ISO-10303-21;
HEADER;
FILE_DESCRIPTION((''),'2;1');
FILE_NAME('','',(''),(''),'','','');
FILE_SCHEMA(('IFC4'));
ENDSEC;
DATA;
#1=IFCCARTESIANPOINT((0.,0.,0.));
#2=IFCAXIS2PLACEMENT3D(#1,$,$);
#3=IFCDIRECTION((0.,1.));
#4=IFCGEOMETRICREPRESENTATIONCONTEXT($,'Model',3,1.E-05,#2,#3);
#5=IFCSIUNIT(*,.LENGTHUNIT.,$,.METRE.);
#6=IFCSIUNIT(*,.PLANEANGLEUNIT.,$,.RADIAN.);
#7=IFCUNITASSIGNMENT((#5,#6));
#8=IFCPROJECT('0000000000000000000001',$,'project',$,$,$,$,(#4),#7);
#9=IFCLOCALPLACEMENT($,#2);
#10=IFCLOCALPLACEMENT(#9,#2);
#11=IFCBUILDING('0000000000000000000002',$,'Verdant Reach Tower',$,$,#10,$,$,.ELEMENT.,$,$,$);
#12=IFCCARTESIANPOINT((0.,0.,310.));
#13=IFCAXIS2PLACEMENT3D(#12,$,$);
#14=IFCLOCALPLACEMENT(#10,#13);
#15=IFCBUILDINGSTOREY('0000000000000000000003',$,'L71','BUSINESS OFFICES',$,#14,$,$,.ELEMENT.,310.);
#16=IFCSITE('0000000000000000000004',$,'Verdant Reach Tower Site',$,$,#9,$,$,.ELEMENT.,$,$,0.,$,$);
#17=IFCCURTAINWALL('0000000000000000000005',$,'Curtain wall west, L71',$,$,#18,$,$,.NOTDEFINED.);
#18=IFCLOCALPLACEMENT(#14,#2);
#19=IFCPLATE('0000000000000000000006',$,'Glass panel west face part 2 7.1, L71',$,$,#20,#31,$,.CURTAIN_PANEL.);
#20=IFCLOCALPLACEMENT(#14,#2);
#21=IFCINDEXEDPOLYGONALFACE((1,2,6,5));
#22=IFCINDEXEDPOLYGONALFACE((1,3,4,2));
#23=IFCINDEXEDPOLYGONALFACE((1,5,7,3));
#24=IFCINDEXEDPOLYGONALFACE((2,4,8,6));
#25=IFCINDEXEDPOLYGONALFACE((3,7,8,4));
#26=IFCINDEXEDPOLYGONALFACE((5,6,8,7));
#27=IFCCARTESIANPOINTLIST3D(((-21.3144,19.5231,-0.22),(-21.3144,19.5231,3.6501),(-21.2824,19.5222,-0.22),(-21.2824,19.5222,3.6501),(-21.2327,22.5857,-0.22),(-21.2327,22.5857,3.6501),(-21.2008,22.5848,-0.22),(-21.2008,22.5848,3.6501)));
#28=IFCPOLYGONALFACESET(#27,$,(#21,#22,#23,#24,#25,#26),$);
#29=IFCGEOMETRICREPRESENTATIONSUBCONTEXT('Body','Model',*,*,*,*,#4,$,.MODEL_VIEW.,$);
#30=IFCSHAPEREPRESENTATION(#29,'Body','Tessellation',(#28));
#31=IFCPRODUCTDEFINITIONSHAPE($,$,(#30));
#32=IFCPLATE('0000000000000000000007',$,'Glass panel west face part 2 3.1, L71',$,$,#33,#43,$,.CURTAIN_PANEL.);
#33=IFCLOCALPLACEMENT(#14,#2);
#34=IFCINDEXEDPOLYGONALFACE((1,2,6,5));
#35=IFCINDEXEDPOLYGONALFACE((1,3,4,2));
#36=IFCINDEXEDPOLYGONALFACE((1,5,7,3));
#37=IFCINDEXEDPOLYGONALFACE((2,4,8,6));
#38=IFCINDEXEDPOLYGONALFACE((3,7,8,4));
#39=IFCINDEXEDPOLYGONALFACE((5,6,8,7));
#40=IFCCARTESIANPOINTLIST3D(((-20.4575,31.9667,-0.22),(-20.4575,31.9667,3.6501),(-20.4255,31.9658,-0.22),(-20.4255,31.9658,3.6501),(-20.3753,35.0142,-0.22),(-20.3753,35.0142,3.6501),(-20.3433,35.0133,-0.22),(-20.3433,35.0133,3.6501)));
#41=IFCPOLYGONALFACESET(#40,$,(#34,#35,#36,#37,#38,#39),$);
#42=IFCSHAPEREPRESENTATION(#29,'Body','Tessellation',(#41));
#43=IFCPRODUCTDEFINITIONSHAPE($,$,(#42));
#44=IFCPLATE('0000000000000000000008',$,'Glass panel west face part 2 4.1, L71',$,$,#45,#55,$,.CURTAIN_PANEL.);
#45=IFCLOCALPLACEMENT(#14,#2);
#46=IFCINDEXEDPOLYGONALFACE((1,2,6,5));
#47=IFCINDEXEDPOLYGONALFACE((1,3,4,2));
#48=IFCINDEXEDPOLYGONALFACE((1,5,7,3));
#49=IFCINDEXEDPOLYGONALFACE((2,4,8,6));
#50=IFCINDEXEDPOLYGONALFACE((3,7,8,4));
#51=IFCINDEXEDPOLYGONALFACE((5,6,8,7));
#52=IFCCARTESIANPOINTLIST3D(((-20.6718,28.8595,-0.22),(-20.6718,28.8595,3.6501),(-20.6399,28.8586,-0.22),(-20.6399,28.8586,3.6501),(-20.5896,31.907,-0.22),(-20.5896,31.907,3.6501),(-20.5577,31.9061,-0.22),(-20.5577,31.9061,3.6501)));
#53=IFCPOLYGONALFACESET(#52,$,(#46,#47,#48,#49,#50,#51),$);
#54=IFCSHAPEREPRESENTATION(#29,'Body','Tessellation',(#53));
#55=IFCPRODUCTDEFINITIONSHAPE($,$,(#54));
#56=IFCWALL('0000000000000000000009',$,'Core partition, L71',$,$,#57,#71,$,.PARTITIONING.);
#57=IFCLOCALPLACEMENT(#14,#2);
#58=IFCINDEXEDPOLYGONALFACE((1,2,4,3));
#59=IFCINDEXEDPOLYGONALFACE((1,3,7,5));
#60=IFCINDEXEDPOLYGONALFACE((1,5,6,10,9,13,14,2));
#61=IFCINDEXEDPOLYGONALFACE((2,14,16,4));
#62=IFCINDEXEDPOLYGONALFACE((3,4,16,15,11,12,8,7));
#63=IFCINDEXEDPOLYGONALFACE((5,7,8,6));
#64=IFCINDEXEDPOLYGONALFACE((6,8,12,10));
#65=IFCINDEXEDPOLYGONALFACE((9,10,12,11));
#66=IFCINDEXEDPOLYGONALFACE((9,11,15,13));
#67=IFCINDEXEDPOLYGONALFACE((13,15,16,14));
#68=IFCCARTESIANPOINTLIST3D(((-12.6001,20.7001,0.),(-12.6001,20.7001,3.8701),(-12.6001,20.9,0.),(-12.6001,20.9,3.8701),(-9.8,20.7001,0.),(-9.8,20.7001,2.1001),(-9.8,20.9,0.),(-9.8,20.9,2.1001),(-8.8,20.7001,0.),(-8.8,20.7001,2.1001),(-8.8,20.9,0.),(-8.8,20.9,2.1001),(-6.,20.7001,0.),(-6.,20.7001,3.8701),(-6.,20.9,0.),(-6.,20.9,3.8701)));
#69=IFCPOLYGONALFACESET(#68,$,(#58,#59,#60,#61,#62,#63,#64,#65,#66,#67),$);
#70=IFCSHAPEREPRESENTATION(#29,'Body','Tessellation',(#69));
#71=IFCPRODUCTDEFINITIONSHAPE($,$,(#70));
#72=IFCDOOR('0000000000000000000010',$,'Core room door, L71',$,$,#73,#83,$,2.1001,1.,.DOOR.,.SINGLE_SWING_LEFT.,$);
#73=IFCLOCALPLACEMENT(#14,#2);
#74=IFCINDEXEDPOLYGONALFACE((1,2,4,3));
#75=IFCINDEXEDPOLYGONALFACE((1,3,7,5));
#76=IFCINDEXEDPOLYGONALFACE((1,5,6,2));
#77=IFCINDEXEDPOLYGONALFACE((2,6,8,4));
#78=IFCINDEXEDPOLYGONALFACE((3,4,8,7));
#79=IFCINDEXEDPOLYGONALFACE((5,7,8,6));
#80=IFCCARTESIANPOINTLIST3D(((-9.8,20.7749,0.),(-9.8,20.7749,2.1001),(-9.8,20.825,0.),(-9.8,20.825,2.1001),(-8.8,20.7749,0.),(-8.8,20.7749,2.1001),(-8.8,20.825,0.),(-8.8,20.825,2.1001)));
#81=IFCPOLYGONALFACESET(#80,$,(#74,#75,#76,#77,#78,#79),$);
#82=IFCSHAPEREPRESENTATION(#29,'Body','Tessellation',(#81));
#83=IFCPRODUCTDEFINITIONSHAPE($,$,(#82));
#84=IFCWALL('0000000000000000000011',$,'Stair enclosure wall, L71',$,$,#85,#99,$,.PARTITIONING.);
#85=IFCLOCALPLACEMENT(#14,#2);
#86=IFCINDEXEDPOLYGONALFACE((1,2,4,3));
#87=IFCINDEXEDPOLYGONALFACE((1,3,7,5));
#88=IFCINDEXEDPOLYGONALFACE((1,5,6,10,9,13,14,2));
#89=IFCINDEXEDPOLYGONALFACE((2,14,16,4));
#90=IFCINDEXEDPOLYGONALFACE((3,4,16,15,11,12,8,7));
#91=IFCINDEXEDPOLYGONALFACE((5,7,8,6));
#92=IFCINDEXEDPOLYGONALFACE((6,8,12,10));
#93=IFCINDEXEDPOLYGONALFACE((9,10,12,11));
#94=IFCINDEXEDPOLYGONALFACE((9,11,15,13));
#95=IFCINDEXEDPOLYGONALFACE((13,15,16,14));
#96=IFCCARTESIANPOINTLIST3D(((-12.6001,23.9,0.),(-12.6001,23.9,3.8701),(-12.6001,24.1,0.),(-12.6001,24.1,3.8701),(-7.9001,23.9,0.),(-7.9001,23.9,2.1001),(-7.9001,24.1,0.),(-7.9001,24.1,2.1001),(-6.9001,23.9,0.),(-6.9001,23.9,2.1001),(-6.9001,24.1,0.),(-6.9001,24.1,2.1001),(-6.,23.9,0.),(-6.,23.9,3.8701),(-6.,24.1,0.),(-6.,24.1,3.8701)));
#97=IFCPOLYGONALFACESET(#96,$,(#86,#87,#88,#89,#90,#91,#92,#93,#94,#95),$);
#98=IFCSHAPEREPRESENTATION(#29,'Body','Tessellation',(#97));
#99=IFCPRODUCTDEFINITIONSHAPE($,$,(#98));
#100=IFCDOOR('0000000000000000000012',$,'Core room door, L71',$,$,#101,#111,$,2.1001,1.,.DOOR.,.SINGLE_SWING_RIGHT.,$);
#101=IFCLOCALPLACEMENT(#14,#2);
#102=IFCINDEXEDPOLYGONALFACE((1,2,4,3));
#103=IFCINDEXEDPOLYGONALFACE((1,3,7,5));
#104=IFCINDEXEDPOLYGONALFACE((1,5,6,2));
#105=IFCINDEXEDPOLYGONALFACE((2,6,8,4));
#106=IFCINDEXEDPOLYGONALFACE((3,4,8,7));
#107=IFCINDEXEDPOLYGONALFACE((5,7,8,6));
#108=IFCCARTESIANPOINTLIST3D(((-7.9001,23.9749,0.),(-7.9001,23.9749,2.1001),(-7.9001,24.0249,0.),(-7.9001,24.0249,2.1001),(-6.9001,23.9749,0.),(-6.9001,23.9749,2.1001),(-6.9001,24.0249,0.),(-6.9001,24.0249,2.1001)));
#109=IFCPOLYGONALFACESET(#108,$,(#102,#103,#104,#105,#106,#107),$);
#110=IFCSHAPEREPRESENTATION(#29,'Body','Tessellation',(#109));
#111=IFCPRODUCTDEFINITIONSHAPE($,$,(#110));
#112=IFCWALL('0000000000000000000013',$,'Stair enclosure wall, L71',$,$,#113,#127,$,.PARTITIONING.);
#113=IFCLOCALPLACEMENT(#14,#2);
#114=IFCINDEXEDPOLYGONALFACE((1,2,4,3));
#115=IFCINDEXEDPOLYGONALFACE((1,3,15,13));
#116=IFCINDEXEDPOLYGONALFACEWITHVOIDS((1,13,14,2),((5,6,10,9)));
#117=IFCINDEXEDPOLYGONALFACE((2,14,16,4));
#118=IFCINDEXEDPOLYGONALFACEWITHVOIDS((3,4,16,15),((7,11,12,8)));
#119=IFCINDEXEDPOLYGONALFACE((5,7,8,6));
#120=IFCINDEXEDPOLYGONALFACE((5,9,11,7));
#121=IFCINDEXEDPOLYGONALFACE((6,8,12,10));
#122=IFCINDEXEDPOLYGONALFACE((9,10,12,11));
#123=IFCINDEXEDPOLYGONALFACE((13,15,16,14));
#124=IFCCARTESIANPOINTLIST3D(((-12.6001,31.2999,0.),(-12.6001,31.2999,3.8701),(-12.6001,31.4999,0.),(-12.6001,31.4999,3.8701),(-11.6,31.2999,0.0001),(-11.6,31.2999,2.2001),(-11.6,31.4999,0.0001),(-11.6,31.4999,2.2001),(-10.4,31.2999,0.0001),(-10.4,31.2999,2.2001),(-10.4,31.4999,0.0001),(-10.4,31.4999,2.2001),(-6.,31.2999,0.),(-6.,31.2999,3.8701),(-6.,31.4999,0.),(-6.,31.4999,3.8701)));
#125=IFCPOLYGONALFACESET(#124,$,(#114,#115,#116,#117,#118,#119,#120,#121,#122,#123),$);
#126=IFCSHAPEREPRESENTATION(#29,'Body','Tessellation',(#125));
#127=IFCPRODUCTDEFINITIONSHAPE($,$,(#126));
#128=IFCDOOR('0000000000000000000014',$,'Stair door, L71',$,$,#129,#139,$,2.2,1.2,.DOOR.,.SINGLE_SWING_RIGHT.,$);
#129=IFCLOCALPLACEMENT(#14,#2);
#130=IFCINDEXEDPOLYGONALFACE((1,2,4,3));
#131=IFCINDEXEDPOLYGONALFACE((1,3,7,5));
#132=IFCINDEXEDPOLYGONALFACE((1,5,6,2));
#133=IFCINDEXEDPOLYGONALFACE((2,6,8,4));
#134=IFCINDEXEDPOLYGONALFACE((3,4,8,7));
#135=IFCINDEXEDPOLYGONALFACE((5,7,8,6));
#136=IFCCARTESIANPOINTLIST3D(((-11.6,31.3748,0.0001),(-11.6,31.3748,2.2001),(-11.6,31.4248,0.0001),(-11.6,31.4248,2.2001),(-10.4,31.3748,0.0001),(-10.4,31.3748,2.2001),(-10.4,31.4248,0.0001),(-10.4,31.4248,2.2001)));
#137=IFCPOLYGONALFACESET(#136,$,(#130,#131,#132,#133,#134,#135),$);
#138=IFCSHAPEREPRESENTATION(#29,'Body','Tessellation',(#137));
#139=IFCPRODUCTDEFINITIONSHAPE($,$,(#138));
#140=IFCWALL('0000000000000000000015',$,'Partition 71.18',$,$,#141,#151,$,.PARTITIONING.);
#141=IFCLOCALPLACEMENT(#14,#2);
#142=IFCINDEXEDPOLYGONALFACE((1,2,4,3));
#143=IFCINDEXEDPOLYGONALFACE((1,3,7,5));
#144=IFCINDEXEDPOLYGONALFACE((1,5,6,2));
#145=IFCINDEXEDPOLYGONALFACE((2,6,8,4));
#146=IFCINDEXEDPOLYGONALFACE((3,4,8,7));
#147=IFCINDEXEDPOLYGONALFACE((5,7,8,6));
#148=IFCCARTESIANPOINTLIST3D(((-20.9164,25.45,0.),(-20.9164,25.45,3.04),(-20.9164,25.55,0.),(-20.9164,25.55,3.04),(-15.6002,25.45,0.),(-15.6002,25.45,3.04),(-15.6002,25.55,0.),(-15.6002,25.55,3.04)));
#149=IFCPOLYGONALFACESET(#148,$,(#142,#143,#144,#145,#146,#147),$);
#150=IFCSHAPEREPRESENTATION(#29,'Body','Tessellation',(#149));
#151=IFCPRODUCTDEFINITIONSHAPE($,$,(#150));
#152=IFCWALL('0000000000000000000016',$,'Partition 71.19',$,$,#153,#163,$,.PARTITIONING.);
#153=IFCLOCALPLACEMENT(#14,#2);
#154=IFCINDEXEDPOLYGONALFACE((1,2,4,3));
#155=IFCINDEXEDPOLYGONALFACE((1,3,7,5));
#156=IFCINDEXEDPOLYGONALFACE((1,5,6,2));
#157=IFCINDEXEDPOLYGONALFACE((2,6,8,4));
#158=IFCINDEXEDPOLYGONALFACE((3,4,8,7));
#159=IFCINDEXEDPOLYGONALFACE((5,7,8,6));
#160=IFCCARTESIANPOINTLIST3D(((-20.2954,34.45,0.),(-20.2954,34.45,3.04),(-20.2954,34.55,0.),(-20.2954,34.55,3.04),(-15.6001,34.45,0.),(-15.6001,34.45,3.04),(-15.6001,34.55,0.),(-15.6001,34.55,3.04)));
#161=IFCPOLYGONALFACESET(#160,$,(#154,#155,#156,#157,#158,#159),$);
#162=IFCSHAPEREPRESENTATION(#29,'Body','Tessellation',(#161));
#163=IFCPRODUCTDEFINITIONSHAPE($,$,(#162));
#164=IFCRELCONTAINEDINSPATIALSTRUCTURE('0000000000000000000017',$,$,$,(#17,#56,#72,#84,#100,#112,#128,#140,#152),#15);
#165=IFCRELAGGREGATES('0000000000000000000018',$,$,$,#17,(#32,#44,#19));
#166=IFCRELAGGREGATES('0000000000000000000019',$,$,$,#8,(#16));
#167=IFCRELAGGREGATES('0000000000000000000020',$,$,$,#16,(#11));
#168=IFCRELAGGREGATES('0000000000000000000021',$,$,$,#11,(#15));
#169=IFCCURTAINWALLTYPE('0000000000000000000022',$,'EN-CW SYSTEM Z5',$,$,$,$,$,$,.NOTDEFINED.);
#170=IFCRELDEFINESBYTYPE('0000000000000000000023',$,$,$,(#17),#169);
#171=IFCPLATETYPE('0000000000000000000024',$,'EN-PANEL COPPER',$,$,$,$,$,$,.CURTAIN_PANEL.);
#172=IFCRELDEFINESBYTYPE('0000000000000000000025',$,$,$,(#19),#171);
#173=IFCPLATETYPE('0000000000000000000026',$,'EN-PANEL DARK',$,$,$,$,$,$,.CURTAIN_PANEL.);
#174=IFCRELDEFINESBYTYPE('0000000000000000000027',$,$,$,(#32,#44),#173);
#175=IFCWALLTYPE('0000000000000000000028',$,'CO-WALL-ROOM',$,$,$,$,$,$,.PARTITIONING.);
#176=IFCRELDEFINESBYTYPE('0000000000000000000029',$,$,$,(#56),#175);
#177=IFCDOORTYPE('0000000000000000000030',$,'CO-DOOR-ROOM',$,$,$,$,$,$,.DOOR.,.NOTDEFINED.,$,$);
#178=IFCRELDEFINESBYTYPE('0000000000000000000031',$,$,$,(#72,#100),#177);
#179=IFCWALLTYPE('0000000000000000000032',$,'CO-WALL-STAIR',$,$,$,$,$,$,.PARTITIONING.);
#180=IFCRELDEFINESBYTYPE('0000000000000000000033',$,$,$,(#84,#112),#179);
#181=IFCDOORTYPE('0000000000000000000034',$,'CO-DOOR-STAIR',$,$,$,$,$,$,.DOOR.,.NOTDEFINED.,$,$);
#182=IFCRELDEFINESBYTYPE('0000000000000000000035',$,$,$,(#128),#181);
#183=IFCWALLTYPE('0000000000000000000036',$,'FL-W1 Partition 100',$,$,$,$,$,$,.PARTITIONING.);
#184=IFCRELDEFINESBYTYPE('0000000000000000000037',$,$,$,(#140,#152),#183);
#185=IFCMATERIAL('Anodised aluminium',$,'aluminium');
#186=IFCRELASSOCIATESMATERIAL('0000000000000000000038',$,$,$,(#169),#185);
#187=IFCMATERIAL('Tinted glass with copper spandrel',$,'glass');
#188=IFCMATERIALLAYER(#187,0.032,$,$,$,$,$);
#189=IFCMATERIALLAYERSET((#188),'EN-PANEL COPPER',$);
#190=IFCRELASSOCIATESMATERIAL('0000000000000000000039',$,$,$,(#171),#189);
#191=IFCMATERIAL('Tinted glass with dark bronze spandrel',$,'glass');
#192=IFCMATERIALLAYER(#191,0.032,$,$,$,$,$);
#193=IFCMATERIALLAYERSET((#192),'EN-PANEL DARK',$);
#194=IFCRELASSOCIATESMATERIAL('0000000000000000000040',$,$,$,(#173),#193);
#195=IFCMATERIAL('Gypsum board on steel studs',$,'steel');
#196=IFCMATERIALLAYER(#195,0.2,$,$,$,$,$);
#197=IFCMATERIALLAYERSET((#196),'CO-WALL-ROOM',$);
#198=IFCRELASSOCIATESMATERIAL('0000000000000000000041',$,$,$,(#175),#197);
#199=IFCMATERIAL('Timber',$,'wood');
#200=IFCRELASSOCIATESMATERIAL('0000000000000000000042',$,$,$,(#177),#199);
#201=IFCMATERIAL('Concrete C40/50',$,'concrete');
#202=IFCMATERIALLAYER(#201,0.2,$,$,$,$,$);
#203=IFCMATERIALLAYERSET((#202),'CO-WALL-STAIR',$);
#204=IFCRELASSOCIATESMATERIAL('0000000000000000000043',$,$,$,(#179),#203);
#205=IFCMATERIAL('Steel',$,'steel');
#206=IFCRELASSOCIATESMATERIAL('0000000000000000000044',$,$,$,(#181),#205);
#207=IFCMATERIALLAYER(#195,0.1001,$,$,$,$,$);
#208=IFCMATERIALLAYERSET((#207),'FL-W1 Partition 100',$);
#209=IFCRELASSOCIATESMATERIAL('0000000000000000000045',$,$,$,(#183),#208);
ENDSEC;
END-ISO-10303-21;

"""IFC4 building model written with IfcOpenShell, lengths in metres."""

from ifc_helpers import new_model, si_unit, direction, frame, frame_2d, origin, origin_2d, place, context, subcontext, project, spatial, rectangle, extrude, material, layer, layer_set, type_object, element, fill, aggregate, save


model = new_model("IFC4")

# Units and contexts
model_context = context("Model", 3, precision=1e-05, world=origin(), true_north=direction((0.0, 1.0)))
body_context = subcontext(model_context, "Body", "Model", "MODEL_VIEW")
ifc_project = project(units=[si_unit("LENGTHUNIT", "METRE"), si_unit("PLANEANGLEUNIT", "RADIAN")], contexts=[model_context])

# Site, building, storey
site_placement = place(None, origin())
site = spatial("IfcSite", under=ifc_project, at=site_placement, Name="Verdant Reach Tower Site", CompositionType="ELEMENT", RefElevation=0.0)
building_placement = place(site_placement, origin())
building = spatial("IfcBuilding", under=site, at=building_placement, Name="Verdant Reach Tower", CompositionType="ELEMENT")
storey_placement = place(building_placement, frame((0.0, 0.0, 310.0)))
storey = spatial("IfcBuildingStorey", under=building, at=storey_placement, Name="L71", Description="BUSINESS OFFICES", CompositionType="ELEMENT", Elevation=310.0)

# Curtain wall, plates
ifc_material_1 = material(Name="Anodised aluminium", Category="aluminium")
curtain_wall_type = type_object("IfcCurtainWallType", Name="EN-CW SYSTEM Z5", PredefinedType="NOTDEFINED", material=ifc_material_1)
curtain_wall_placement = place(storey_placement, origin())
curtain_wall = element("IfcCurtainWall", 1, at=curtain_wall_placement, inside=storey, type_object=curtain_wall_type, Name="Curtain wall west, L71", PredefinedType="NOTDEFINED")
ifc_material_2 = material(Name="Tinted glass with copper spandrel", Category="glass")
ifc_layer_1 = layer(ifc_material_2, 0.032)
ifc_layer_set_1 = layer_set([ifc_layer_1], Name="EN-PANEL COPPER")
plate_type_1 = type_object("IfcPlateType", Name="EN-PANEL COPPER", PredefinedType="CURTAIN_PANEL", material=ifc_layer_set_1)
plate_1_placement = place(storey_placement, frame((-21.2576, 21.054, -0.22), z_axis=(0.0, 0.0, 1.0), x_axis=(-0.026643, -0.999645, 0.0)))
plate_1 = element("IfcPlate", 2, at=plate_1_placement, type_object=plate_type_1, Name="Glass panel west face part 2 7.1, L71", PredefinedType="CURTAIN_PANEL", context=body_context, shape_type="SweptSolid", body=[
    extrude(rectangle(XDim=3.0637, YDim=0.032, at=origin_2d()), origin(), (0.0, 0.0, 1.0), 3.8701),
])
ifc_material_3 = material(Name="Tinted glass with dark bronze spandrel", Category="glass")
ifc_layer_2 = layer(ifc_material_3, 0.032)
ifc_layer_set_2 = layer_set([ifc_layer_2], Name="EN-PANEL DARK")
plate_type_2 = type_object("IfcPlateType", Name="EN-PANEL DARK", PredefinedType="CURTAIN_PANEL", material=ifc_layer_set_2)
plate_2_placement = place(storey_placement, frame((-20.4004, 33.49, -0.22), z_axis=(0.0, 0.0, 1.0), x_axis=(-0.026965, -0.999636, 0.0)))
plate_2 = element("IfcPlate", 3, at=plate_2_placement, type_object=plate_type_2, Name="Glass panel west face part 2 3.1, L71", PredefinedType="CURTAIN_PANEL", context=body_context, shape_type="SweptSolid", body=[
    extrude(rectangle(XDim=3.0486, YDim=0.032, at=origin_2d()), origin(), (0.0, 0.0, 1.0), 3.8701),
])
plate_3_placement = place(storey_placement, frame((-20.6147, 30.3828, -0.22), z_axis=(0.0, 0.0, 1.0), x_axis=(-0.026965, -0.999636, 0.0)))
plate_3 = element("IfcPlate", 4, at=plate_3_placement, type_object=plate_type_2, Name="Glass panel west face part 2 4.1, L71", PredefinedType="CURTAIN_PANEL", context=body_context, shape_type="SweptSolid", body=[
    extrude(rectangle(XDim=3.0486, YDim=0.032, at=origin_2d()), origin(), (0.0, 0.0, 1.0), 3.8701),
])
aggregate(curtain_wall, [plate_2, plate_3, plate_1])

# Walls, openings, doors
ifc_material_4 = material(Name="Gypsum board on steel studs", Category="steel")
ifc_layer_3 = layer(ifc_material_4, 0.2)
ifc_layer_set_3 = layer_set([ifc_layer_3], Name="CO-WALL-ROOM")
wall_type_1 = type_object("IfcWallType", Name="CO-WALL-ROOM", PredefinedType="PARTITIONING", material=ifc_layer_set_3)
wall_1_placement = place(storey_placement, frame((-12.6001, 20.8, 0.0), z_axis=(0.0, 0.0, 1.0), x_axis=(1.0, 0.0, 0.0)))
wall_1 = element("IfcWall", 5, at=wall_1_placement, inside=storey, type_object=wall_type_1, Name="Core partition, L71", PredefinedType="PARTITIONING", context=body_context, shape_type="SweptSolid", body=[
    extrude(rectangle(XDim=6.6001, YDim=0.2, at=frame_2d((3.3, 0.0))), origin(), (0.0, 0.0, 1.0), 3.8701),
])
opening_1_placement = place(wall_1_placement, frame((2.8, 0.0, 0.0)))
opening_1 = element("IfcOpeningElement", 6, at=opening_1_placement, cuts=wall_1, PredefinedType="OPENING", context=body_context, shape_type="SweptSolid", body=[
    extrude(rectangle(XDim=1.0, YDim=2.1001, at=frame_2d((0.5, 1.05))), frame((0.0, 0.1099, 0.0), z_axis=(0.0, -1.0, 0.0), x_axis=(1.0, 0.0, 0.0)), (0.0, 0.0, 1.0), 0.22),
])
ifc_material_5 = material(Name="Timber", Category="wood")
door_type_1 = type_object("IfcDoorType", Name="CO-DOOR-ROOM", OperationType="NOTDEFINED", PredefinedType="DOOR", material=ifc_material_5)
door_1_placement = place(opening_1_placement, origin())
door_1 = element("IfcDoor", 7, at=door_1_placement, inside=storey, type_object=door_type_1, Name="Core room door, L71", OperationType="SINGLE_SWING_LEFT", OverallHeight=2.1001, OverallWidth=1.0, PredefinedType="DOOR", context=body_context, shape_type="SweptSolid", body=[
    extrude(rectangle(XDim=1.0, YDim=2.1001, at=frame_2d((0.5, 1.05))), frame((0.0, 0.0249, 0.0), z_axis=(0.0, -1.0, 0.0), x_axis=(1.0, 0.0, 0.0)), (0.0, 0.0, 1.0), 0.05),
])
fill(opening_1, door_1)
ifc_material_6 = material(Name="Concrete C40/50", Category="concrete")
ifc_layer_4 = layer(ifc_material_6, 0.2)
ifc_layer_set_4 = layer_set([ifc_layer_4], Name="CO-WALL-STAIR")
wall_type_2 = type_object("IfcWallType", Name="CO-WALL-STAIR", PredefinedType="PARTITIONING", material=ifc_layer_set_4)
wall_2_placement = place(storey_placement, frame((-12.6001, 24.0, 0.0), z_axis=(0.0, 0.0, 1.0), x_axis=(1.0, 0.0, 0.0)))
wall_2 = element("IfcWall", 8, at=wall_2_placement, inside=storey, type_object=wall_type_2, Name="Stair enclosure wall, L71", PredefinedType="PARTITIONING", context=body_context, shape_type="SweptSolid", body=[
    extrude(rectangle(XDim=6.6001, YDim=0.2, at=frame_2d((3.3, 0.0))), origin(), (0.0, 0.0, 1.0), 3.8701),
])
opening_2_placement = place(wall_2_placement, frame((4.7, 0.0, 0.0)))
opening_2 = element("IfcOpeningElement", 9, at=opening_2_placement, cuts=wall_2, PredefinedType="OPENING", context=body_context, shape_type="SweptSolid", body=[
    extrude(rectangle(XDim=1.0, YDim=2.1001, at=frame_2d((0.5, 1.05))), frame((0.0, 0.1099, 0.0), z_axis=(0.0, -1.0, 0.0), x_axis=(1.0, 0.0, 0.0)), (0.0, 0.0, 1.0), 0.22),
])
door_2_placement = place(opening_2_placement, origin())
door_2 = element("IfcDoor", 10, at=door_2_placement, inside=storey, type_object=door_type_1, Name="Core room door, L71", OperationType="SINGLE_SWING_RIGHT", OverallHeight=2.1001, OverallWidth=1.0, PredefinedType="DOOR", context=body_context, shape_type="SweptSolid", body=[
    extrude(rectangle(XDim=1.0, YDim=2.1001, at=frame_2d((0.5, 1.05))), frame((0.0, 0.0249, 0.0), z_axis=(0.0, -1.0, 0.0), x_axis=(1.0, 0.0, 0.0)), (0.0, 0.0, 1.0), 0.05),
])
fill(opening_2, door_2)
wall_3_placement = place(storey_placement, frame((-12.6001, 31.3999, 0.0), z_axis=(0.0, 0.0, 1.0), x_axis=(1.0, 0.0, 0.0)))
wall_3 = element("IfcWall", 11, at=wall_3_placement, inside=storey, type_object=wall_type_2, Name="Stair enclosure wall, L71", PredefinedType="PARTITIONING", context=body_context, shape_type="SweptSolid", body=[
    extrude(rectangle(XDim=6.6001, YDim=0.2, at=frame_2d((3.3, 0.0))), origin(), (0.0, 0.0, 1.0), 3.8701),
])
opening_3_placement = place(wall_3_placement, frame((1.0, 0.0, 0.0)))
opening_3 = element("IfcOpeningElement", 12, at=opening_3_placement, cuts=wall_3, PredefinedType="OPENING", context=body_context, shape_type="SweptSolid", body=[
    extrude(rectangle(XDim=1.2, YDim=2.2, at=frame_2d((0.6001, 1.1001))), frame((0.0, 0.1099, 0.0), z_axis=(0.0, -1.0, 0.0), x_axis=(1.0, 0.0, 0.0)), (0.0, 0.0, 1.0), 0.22),
])
ifc_material_7 = material(Name="Steel", Category="steel")
door_type_2 = type_object("IfcDoorType", Name="CO-DOOR-STAIR", OperationType="NOTDEFINED", PredefinedType="DOOR", material=ifc_material_7)
door_3_placement = place(opening_3_placement, origin())
door_3 = element("IfcDoor", 13, at=door_3_placement, inside=storey, type_object=door_type_2, Name="Stair door, L71", OperationType="SINGLE_SWING_RIGHT", OverallHeight=2.2, OverallWidth=1.2, PredefinedType="DOOR", context=body_context, shape_type="SweptSolid", body=[
    extrude(rectangle(XDim=1.2, YDim=2.2, at=frame_2d((0.6001, 1.1001))), frame((0.0, 0.0249, 0.0), z_axis=(0.0, -1.0, 0.0), x_axis=(1.0, 0.0, 0.0)), (0.0, 0.0, 1.0), 0.05),
])
fill(opening_3, door_3)

# Walls
ifc_layer_5 = layer(ifc_material_4, 0.1001)
ifc_layer_set_5 = layer_set([ifc_layer_5], Name="FL-W1 Partition 100")
wall_type_3 = type_object("IfcWallType", Name="FL-W1 Partition 100", PredefinedType="PARTITIONING", material=ifc_layer_set_5)
wall_4_placement = place(storey_placement, frame((-15.6001, 25.5, 0.0), z_axis=(0.0, 0.0, 1.0), x_axis=(-1.0, 0.0, 0.0)))
element("IfcWall", 14, at=wall_4_placement, inside=storey, type_object=wall_type_3, Name="Partition 71.18", PredefinedType="PARTITIONING", context=body_context, shape_type="SweptSolid", body=[
    extrude(rectangle(XDim=5.3162, YDim=0.1001, at=frame_2d((2.6582, 0.0))), origin(), (0.0, 0.0, 1.0), 3.04),
])
wall_5_placement = place(storey_placement, frame((-15.6001, 34.5, 0.0), z_axis=(0.0, 0.0, 1.0), x_axis=(-1.0, 0.0, 0.0)))
element("IfcWall", 15, at=wall_5_placement, inside=storey, type_object=wall_type_3, Name="Partition 71.19", PredefinedType="PARTITIONING", context=body_context, shape_type="SweptSolid", body=[
    extrude(rectangle(XDim=4.6953, YDim=0.1001, at=frame_2d((2.3477, 0.0))), origin(), (0.0, 0.0, 1.0), 3.04),
])

save(model, "model.ifc")
